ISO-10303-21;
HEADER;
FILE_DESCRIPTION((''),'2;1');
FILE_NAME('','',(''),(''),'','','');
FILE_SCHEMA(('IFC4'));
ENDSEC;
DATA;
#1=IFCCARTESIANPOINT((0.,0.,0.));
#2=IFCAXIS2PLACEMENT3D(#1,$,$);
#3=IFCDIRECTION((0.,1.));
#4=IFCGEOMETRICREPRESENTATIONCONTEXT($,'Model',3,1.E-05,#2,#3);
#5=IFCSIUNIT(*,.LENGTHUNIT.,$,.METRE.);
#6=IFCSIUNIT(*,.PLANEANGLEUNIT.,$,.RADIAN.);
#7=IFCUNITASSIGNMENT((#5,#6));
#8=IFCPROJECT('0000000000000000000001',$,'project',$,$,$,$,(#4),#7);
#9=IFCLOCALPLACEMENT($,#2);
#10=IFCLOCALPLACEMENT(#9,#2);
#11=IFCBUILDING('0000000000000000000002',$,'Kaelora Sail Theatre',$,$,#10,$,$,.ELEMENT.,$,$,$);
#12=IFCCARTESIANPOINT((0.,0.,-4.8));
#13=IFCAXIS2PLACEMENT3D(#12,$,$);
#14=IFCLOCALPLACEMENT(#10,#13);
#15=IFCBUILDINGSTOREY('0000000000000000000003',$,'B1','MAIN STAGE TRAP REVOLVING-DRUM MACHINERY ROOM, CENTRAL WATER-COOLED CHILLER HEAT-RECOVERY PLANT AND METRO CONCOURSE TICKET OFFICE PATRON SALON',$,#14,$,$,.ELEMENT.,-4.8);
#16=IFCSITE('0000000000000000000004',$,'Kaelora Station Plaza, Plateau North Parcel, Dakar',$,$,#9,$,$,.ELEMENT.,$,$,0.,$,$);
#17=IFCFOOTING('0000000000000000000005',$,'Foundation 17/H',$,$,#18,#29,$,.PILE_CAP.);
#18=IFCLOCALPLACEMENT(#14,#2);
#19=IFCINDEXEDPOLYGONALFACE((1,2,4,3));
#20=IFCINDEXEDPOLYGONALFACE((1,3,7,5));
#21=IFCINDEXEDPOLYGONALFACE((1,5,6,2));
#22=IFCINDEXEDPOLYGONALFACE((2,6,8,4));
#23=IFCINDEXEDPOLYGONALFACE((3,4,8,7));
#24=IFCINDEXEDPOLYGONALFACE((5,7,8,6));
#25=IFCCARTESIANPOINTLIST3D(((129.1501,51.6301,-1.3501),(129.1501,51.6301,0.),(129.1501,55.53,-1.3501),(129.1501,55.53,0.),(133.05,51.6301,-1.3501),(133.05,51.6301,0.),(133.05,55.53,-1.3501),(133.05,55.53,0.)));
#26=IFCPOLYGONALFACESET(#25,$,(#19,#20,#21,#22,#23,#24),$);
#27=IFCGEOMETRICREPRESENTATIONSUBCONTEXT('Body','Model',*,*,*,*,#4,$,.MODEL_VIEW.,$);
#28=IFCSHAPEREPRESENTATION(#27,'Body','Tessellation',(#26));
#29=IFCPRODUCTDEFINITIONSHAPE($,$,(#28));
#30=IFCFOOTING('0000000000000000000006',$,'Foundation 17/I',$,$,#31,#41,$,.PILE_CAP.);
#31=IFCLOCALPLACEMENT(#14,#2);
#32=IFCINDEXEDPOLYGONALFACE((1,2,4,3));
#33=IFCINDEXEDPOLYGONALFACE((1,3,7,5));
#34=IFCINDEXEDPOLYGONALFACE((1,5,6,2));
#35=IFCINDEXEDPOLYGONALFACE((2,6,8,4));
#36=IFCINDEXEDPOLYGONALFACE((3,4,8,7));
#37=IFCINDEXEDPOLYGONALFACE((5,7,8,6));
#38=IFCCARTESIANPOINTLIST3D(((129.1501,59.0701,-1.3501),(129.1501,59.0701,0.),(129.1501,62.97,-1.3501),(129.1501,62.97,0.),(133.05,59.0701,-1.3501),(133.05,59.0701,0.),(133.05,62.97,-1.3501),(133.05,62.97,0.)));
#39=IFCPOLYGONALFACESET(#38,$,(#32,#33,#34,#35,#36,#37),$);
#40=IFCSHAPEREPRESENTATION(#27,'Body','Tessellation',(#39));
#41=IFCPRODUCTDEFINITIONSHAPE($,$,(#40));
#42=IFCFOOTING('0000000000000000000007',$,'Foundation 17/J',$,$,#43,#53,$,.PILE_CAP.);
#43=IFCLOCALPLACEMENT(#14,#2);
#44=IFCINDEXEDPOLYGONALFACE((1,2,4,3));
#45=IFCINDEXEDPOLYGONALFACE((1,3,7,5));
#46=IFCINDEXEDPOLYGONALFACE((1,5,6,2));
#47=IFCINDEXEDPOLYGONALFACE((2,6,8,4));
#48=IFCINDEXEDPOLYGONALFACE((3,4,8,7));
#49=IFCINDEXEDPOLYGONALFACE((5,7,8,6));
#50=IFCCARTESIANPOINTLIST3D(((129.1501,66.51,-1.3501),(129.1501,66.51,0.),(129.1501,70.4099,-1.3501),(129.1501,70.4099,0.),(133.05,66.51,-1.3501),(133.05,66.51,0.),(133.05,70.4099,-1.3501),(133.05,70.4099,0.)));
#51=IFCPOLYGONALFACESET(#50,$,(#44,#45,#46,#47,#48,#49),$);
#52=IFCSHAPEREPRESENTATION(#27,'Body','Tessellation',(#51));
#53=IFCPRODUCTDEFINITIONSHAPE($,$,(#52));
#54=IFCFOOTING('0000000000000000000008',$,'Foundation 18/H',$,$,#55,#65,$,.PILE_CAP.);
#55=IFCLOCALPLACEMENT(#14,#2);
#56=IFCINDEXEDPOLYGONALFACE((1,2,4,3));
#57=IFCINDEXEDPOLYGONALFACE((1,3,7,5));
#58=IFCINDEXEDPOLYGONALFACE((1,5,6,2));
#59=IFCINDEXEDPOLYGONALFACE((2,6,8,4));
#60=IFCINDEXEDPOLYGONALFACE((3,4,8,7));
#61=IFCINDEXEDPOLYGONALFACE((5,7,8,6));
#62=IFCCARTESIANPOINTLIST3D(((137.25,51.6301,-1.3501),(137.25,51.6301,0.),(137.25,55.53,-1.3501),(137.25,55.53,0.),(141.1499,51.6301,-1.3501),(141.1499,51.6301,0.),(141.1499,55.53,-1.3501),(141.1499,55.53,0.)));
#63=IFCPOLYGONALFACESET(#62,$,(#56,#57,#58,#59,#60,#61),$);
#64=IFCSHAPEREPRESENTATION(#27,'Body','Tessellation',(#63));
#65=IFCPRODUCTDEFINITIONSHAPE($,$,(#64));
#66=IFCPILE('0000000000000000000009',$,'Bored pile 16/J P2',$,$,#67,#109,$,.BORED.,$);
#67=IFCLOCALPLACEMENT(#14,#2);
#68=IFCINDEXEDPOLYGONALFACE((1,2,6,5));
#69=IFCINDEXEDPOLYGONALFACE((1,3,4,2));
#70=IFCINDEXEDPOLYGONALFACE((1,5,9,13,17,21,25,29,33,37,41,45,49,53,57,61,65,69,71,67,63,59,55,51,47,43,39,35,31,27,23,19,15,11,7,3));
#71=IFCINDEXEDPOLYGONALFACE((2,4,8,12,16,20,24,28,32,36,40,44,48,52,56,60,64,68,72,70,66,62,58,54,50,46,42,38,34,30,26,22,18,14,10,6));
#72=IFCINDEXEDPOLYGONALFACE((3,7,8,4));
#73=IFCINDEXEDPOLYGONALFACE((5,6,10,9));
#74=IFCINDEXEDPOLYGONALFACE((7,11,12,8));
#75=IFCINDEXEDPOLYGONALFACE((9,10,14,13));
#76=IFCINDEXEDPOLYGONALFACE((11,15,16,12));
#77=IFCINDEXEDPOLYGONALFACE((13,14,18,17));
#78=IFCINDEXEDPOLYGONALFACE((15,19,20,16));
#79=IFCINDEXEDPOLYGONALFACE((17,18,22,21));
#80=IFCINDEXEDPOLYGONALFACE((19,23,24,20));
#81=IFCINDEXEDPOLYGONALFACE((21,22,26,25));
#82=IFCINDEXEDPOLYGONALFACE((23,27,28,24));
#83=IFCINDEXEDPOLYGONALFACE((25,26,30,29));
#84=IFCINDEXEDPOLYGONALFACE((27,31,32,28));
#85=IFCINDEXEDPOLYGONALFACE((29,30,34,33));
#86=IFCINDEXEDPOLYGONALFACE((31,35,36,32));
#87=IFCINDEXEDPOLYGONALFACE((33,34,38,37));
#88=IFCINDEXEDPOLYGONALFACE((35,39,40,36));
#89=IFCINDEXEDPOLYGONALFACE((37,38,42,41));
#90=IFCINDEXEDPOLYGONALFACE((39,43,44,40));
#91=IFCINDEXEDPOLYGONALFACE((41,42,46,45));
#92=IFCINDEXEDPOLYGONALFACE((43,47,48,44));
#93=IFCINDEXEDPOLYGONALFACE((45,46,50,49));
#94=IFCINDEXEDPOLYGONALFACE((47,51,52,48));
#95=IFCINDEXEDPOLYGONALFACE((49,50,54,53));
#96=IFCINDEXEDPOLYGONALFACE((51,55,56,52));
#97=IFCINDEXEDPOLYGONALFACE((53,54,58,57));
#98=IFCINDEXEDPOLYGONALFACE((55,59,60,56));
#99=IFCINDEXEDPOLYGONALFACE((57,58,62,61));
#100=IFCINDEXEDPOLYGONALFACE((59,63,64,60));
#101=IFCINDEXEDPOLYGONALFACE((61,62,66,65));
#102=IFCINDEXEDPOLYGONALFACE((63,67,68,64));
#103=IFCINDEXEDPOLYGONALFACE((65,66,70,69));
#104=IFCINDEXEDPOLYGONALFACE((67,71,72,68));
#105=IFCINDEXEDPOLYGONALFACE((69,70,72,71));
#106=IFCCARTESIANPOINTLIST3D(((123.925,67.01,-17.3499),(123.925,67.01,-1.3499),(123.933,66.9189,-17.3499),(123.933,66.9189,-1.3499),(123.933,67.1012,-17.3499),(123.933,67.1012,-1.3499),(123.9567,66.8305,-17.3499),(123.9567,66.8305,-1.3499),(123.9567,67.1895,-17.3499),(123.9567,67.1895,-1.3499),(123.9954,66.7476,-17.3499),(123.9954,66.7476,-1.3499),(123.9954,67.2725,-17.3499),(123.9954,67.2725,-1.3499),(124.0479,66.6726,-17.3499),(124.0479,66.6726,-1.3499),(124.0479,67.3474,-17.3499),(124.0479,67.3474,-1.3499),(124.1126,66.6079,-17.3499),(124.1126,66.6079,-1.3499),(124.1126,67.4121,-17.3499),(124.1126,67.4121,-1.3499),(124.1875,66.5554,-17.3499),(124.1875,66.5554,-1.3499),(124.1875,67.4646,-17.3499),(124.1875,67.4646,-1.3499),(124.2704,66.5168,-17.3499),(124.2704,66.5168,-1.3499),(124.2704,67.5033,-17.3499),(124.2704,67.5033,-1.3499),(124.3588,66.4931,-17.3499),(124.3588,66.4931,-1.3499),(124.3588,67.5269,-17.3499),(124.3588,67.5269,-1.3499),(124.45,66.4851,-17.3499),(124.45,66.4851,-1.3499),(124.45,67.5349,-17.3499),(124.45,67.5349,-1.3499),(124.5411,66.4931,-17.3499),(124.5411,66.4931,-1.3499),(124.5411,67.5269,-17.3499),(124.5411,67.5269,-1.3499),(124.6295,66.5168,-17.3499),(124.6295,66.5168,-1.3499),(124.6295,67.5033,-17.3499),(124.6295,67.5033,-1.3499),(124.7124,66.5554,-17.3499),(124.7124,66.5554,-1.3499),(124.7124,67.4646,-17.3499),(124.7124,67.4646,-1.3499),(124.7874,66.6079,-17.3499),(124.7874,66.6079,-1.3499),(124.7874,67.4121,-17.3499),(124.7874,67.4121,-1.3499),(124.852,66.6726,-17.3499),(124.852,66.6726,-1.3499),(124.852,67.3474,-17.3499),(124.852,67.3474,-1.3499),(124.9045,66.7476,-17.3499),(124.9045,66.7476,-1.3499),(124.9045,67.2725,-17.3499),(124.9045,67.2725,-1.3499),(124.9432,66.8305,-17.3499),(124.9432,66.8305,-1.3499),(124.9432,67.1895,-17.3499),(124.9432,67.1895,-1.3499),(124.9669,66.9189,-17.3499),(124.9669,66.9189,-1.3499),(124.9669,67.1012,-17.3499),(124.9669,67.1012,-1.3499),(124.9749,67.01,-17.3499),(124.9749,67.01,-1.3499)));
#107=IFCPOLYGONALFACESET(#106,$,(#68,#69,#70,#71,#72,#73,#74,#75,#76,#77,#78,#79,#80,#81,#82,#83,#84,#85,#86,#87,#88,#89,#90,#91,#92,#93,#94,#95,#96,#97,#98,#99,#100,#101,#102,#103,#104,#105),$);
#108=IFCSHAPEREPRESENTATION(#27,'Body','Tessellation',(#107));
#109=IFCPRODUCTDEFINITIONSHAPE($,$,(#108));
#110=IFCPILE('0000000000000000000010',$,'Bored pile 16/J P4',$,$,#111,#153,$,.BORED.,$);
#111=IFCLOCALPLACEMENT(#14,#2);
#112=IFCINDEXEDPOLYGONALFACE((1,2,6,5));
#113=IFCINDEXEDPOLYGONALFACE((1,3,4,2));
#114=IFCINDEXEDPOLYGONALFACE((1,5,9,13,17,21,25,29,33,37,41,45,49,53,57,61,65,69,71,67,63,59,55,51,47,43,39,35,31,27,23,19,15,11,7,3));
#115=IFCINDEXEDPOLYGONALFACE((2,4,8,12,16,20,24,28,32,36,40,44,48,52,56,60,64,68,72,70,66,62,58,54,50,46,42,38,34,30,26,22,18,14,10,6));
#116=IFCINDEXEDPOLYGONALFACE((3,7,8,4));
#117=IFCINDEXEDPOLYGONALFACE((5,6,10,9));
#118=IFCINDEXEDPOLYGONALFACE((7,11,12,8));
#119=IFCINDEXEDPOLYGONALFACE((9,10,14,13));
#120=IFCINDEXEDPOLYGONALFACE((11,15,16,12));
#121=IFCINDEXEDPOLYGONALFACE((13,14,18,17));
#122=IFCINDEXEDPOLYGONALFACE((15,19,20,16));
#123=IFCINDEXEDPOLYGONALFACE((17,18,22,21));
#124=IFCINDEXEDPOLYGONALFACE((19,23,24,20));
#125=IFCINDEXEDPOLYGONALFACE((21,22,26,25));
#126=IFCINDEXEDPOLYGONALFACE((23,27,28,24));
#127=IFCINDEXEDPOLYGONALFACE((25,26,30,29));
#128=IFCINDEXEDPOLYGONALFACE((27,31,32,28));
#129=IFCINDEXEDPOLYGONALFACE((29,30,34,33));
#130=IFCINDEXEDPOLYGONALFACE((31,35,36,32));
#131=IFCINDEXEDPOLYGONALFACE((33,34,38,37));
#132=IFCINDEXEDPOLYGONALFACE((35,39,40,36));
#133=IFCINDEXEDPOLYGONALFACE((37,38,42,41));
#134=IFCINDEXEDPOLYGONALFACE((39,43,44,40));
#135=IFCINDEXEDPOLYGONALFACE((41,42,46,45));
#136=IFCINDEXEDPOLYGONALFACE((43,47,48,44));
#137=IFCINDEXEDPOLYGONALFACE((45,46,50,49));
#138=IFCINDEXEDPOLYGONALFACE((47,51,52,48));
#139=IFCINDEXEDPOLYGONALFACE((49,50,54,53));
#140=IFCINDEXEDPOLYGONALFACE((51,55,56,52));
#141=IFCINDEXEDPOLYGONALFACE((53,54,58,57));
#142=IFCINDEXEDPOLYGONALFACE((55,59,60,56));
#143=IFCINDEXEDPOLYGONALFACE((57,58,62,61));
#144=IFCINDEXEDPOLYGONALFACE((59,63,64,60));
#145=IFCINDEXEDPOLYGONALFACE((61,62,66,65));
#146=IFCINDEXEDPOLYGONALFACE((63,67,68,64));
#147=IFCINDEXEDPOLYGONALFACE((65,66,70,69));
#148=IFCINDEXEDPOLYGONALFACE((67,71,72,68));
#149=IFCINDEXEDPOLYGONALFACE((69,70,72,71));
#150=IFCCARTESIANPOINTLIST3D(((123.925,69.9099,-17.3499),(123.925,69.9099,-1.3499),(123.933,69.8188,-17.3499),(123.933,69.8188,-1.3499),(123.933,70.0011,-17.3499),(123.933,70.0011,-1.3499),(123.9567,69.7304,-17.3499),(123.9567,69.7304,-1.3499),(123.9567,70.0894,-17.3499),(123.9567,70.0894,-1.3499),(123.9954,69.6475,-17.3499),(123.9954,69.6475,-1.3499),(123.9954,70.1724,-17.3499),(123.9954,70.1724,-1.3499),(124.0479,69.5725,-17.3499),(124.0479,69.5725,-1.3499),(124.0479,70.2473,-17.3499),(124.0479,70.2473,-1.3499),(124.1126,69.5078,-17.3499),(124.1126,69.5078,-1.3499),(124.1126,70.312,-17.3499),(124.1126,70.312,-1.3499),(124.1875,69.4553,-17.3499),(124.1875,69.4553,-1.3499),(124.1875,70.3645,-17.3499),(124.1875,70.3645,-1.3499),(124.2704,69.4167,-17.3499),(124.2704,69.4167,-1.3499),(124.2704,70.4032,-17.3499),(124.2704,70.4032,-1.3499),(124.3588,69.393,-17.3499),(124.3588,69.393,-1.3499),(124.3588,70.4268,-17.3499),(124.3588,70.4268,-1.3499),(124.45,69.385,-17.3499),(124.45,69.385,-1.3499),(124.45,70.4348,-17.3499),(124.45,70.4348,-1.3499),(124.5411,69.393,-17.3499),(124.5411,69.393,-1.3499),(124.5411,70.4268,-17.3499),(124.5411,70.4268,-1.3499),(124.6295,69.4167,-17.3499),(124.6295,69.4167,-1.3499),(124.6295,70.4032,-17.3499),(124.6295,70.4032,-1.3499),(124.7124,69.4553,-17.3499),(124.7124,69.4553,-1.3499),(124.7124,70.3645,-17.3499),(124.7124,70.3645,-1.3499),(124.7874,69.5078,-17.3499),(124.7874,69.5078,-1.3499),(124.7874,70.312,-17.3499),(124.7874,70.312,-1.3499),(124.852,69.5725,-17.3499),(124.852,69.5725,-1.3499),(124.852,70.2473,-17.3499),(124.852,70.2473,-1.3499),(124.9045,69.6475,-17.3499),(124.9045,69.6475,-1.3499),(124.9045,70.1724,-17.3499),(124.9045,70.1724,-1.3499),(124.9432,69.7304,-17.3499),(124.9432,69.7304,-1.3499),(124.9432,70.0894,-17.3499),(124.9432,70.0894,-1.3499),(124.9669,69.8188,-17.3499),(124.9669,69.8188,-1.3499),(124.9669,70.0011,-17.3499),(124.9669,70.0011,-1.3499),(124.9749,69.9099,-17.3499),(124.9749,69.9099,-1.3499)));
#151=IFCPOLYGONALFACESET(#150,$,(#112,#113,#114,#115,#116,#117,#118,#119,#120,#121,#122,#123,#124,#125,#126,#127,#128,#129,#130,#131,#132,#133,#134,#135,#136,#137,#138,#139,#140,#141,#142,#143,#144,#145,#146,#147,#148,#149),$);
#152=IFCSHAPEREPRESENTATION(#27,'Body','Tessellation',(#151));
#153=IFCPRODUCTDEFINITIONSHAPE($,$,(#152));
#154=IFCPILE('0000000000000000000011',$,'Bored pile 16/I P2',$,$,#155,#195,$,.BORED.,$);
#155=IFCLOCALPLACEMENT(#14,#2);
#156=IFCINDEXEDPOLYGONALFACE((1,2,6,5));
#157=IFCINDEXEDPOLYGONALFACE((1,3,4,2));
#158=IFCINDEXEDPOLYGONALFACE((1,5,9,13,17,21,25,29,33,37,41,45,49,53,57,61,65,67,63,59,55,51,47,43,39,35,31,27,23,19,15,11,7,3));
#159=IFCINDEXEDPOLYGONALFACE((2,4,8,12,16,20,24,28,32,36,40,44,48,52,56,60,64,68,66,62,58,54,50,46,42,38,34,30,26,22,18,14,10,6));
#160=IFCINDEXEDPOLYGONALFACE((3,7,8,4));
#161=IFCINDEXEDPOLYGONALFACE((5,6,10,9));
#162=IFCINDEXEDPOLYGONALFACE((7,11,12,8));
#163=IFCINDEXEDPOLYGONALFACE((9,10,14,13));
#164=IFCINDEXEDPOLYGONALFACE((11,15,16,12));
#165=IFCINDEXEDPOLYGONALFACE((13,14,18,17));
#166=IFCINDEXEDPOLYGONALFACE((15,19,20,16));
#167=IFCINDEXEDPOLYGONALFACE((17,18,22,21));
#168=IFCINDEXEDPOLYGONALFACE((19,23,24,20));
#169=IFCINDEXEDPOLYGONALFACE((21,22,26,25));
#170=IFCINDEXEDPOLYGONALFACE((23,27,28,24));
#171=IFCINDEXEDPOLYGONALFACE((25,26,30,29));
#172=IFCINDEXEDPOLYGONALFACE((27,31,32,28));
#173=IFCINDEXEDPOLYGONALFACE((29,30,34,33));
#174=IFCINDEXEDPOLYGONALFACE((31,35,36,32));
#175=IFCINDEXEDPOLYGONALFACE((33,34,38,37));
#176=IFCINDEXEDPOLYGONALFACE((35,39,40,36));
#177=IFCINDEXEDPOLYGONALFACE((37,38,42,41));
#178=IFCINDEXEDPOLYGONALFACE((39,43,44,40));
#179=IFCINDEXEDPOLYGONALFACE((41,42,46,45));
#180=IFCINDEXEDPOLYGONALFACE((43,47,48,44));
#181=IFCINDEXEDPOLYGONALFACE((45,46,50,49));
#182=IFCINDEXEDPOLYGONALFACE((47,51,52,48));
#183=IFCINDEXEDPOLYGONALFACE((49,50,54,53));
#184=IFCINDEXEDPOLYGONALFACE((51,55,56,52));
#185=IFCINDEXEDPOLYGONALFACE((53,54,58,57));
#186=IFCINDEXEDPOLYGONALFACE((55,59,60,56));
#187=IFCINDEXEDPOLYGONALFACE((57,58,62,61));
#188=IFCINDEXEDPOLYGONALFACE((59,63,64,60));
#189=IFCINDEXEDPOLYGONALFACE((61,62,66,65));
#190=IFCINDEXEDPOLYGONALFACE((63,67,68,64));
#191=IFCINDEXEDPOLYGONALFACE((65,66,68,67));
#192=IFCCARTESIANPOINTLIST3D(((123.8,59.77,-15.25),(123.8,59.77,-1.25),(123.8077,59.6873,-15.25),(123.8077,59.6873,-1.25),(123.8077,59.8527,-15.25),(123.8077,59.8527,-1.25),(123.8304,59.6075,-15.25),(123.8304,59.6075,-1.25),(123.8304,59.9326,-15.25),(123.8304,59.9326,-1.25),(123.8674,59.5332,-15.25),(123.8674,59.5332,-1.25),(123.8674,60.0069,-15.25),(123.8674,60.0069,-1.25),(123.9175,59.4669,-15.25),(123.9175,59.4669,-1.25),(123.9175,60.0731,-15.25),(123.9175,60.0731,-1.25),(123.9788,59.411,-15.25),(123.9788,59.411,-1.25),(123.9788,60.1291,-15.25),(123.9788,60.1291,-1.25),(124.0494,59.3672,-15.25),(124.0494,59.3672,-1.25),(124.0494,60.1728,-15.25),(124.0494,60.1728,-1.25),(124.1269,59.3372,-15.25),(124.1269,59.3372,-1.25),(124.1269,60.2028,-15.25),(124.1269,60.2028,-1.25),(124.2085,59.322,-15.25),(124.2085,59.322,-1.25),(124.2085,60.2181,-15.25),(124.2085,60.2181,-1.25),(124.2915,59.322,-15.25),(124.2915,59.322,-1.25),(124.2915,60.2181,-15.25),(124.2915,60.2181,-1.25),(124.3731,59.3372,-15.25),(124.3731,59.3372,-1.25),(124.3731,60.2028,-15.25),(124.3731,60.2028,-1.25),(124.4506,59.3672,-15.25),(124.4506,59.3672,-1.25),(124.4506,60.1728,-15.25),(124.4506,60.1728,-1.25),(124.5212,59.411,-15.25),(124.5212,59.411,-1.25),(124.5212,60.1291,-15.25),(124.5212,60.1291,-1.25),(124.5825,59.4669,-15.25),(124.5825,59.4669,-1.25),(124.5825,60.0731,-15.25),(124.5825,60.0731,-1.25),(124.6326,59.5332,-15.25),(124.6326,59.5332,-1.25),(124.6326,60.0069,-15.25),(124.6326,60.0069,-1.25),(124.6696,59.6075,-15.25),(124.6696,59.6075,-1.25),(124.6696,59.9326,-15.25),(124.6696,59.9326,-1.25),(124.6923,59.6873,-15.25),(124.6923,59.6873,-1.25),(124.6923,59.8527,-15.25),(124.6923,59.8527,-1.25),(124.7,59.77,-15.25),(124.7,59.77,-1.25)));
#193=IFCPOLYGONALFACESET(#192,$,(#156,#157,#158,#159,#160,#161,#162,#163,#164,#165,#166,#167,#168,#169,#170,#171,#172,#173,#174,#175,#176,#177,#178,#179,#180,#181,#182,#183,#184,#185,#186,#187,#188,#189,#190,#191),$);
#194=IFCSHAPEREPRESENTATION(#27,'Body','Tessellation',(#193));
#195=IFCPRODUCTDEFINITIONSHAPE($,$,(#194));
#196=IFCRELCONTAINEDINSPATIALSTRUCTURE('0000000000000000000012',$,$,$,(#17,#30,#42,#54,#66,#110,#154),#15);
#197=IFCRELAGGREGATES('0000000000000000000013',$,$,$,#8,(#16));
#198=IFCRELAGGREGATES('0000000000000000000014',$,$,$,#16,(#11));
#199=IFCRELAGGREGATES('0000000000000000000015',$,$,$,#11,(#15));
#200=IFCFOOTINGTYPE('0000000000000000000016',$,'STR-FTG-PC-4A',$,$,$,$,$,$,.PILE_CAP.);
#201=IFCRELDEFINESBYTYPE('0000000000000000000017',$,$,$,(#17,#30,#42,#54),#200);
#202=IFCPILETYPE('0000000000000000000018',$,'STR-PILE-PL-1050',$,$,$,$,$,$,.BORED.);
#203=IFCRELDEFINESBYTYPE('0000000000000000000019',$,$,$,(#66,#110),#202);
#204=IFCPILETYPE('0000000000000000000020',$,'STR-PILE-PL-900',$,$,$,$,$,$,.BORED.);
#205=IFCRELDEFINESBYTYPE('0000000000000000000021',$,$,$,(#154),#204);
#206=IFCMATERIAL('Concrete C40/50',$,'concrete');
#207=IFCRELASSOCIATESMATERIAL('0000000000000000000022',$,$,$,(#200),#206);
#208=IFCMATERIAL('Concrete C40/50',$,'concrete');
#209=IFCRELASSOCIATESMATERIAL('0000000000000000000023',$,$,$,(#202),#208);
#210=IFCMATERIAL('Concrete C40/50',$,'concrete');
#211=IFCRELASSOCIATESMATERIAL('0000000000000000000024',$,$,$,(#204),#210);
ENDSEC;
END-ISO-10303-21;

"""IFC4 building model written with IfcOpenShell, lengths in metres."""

from ifc_helpers import new_model, si_unit, direction, frame, origin, origin_2d, place, context, subcontext, project, spatial, rectangle, circle, extrude, material, material_profile, profile_set, type_object, element, save


model = new_model("IFC4")

# Units and contexts
model_context = context("Model", 3, precision=1e-05, world=origin(), true_north=direction((0.0, 1.0)))
body_context = subcontext(model_context, "Body", "Model", "MODEL_VIEW")
ifc_project = project(units=[si_unit("LENGTHUNIT", "METRE"), si_unit("PLANEANGLEUNIT", "RADIAN")], contexts=[model_context])

# Site, building, storey
site_placement = place(None, origin())
site = spatial("IfcSite", under=ifc_project, at=site_placement, Name="Kaelora Station Plaza, Plateau North Parcel, Dakar", CompositionType="ELEMENT", RefElevation=0.0)
building_placement = place(site_placement, origin())
building = spatial("IfcBuilding", under=site, at=building_placement, Name="Kaelora Sail Theatre", CompositionType="ELEMENT")
storey_placement = place(building_placement, frame((0.0, 0.0, -4.8)))
storey = spatial("IfcBuildingStorey", under=building, at=storey_placement, Name="B1", Description="MAIN STAGE TRAP REVOLVING-DRUM MACHINERY ROOM, CENTRAL WATER-COOLED CHILLER HEAT-RECOVERY PLANT AND METRO CONCOURSE TICKET OFFICE PATRON SALON", CompositionType="ELEMENT", Elevation=-4.8)

# Footings
ifc_material_1 = material(Name="Concrete C40/50", Category="concrete")
footing_type = type_object("IfcFootingType", Name="STR-FTG-PC-4A", PredefinedType="PILE_CAP", material=ifc_material_1)
for number, where, z_axis, x_axis, name in (
    (1, (131.1001, 53.5801, -1.3501), (0.0, 0.0, 1.0), (1.0, 0.0, 0.0), "Foundation 17/H"),
    (2, (131.1001, 61.02, -1.3501), (0.0, 0.0, 1.0), (1.0, 0.0, 0.0), "Foundation 17/I"),
    (3, (131.1001, 68.46, -1.3501), (0.0, 0.0, 1.0), (1.0, 0.0, 0.0), "Foundation 17/J"),
    (4, (139.2, 53.5801, -1.3501), (0.0, 0.0, 1.0), (1.0, 0.0, 0.0), "Foundation 18/H"),
):
    element("IfcFooting", number, at=place(storey_placement, frame(where, z_axis=z_axis, x_axis=x_axis)), inside=storey, type_object=footing_type, Name=name, PredefinedType="PILE_CAP", context=body_context, shape_type="SweptSolid", body=[
        extrude(rectangle(XDim=3.8999, YDim=3.8999, at=origin_2d()), origin(), (0.0, 0.0, 1.0), 1.3501),
    ])

# Piles
ifc_material_2 = material(Name="Concrete C40/50", Category="concrete")
ifc_material_profile_1 = material_profile(ifc_material_2, circle(Radius=0.5249, at=origin_2d()), Name="PILE D1050")
ifc_profile_set_1 = profile_set([ifc_material_profile_1], Name="Concrete C40/50")
pile_type_1 = type_object("IfcPileType", Name="STR-PILE-PL-1050", PredefinedType="BORED", material=ifc_profile_set_1)
for number, where, z_axis, x_axis, name in (
    (5, (124.45, 67.01, -1.3499), (0.0, 0.0, -1.0), (1.0, 0.0, 0.0), "Bored pile 16/J P2"),
    (6, (124.45, 69.9099, -1.3499), (0.0, 0.0, -1.0), (1.0, 0.0, 0.0), "Bored pile 16/J P4"),
):
    element("IfcPile", number, at=place(storey_placement, frame(where, z_axis=z_axis, x_axis=x_axis)), inside=storey, type_object=pile_type_1, Name=name, PredefinedType="BORED", context=body_context, shape_type="SweptSolid", body=[
        extrude(circle(Radius=0.5249, at=origin_2d()), origin(), (0.0, 0.0, 1.0), 16.0),
    ])
ifc_material_3 = material(Name="Concrete C40/50", Category="concrete")
ifc_material_profile_2 = material_profile(ifc_material_3, circle(Radius=0.45, at=origin_2d()), Name="PILE D900")
ifc_profile_set_2 = profile_set([ifc_material_profile_2], Name="Concrete C40/50")
pile_type_2 = type_object("IfcPileType", Name="STR-PILE-PL-900", PredefinedType="BORED", material=ifc_profile_set_2)
for number, where, z_axis, x_axis, name in (
    (7, (124.25, 59.77, -1.25), (0.0, 0.0, -1.0), (1.0, 0.0, 0.0), "Bored pile 16/I P2"),
):
    element("IfcPile", number, at=place(storey_placement, frame(where, z_axis=z_axis, x_axis=x_axis)), inside=storey, type_object=pile_type_2, Name=name, PredefinedType="BORED", context=body_context, shape_type="SweptSolid", body=[
        extrude(circle(Radius=0.45, at=origin_2d()), origin(), (0.0, 0.0, 1.0), 14.0),
    ])

save(model, "model.ifc")
